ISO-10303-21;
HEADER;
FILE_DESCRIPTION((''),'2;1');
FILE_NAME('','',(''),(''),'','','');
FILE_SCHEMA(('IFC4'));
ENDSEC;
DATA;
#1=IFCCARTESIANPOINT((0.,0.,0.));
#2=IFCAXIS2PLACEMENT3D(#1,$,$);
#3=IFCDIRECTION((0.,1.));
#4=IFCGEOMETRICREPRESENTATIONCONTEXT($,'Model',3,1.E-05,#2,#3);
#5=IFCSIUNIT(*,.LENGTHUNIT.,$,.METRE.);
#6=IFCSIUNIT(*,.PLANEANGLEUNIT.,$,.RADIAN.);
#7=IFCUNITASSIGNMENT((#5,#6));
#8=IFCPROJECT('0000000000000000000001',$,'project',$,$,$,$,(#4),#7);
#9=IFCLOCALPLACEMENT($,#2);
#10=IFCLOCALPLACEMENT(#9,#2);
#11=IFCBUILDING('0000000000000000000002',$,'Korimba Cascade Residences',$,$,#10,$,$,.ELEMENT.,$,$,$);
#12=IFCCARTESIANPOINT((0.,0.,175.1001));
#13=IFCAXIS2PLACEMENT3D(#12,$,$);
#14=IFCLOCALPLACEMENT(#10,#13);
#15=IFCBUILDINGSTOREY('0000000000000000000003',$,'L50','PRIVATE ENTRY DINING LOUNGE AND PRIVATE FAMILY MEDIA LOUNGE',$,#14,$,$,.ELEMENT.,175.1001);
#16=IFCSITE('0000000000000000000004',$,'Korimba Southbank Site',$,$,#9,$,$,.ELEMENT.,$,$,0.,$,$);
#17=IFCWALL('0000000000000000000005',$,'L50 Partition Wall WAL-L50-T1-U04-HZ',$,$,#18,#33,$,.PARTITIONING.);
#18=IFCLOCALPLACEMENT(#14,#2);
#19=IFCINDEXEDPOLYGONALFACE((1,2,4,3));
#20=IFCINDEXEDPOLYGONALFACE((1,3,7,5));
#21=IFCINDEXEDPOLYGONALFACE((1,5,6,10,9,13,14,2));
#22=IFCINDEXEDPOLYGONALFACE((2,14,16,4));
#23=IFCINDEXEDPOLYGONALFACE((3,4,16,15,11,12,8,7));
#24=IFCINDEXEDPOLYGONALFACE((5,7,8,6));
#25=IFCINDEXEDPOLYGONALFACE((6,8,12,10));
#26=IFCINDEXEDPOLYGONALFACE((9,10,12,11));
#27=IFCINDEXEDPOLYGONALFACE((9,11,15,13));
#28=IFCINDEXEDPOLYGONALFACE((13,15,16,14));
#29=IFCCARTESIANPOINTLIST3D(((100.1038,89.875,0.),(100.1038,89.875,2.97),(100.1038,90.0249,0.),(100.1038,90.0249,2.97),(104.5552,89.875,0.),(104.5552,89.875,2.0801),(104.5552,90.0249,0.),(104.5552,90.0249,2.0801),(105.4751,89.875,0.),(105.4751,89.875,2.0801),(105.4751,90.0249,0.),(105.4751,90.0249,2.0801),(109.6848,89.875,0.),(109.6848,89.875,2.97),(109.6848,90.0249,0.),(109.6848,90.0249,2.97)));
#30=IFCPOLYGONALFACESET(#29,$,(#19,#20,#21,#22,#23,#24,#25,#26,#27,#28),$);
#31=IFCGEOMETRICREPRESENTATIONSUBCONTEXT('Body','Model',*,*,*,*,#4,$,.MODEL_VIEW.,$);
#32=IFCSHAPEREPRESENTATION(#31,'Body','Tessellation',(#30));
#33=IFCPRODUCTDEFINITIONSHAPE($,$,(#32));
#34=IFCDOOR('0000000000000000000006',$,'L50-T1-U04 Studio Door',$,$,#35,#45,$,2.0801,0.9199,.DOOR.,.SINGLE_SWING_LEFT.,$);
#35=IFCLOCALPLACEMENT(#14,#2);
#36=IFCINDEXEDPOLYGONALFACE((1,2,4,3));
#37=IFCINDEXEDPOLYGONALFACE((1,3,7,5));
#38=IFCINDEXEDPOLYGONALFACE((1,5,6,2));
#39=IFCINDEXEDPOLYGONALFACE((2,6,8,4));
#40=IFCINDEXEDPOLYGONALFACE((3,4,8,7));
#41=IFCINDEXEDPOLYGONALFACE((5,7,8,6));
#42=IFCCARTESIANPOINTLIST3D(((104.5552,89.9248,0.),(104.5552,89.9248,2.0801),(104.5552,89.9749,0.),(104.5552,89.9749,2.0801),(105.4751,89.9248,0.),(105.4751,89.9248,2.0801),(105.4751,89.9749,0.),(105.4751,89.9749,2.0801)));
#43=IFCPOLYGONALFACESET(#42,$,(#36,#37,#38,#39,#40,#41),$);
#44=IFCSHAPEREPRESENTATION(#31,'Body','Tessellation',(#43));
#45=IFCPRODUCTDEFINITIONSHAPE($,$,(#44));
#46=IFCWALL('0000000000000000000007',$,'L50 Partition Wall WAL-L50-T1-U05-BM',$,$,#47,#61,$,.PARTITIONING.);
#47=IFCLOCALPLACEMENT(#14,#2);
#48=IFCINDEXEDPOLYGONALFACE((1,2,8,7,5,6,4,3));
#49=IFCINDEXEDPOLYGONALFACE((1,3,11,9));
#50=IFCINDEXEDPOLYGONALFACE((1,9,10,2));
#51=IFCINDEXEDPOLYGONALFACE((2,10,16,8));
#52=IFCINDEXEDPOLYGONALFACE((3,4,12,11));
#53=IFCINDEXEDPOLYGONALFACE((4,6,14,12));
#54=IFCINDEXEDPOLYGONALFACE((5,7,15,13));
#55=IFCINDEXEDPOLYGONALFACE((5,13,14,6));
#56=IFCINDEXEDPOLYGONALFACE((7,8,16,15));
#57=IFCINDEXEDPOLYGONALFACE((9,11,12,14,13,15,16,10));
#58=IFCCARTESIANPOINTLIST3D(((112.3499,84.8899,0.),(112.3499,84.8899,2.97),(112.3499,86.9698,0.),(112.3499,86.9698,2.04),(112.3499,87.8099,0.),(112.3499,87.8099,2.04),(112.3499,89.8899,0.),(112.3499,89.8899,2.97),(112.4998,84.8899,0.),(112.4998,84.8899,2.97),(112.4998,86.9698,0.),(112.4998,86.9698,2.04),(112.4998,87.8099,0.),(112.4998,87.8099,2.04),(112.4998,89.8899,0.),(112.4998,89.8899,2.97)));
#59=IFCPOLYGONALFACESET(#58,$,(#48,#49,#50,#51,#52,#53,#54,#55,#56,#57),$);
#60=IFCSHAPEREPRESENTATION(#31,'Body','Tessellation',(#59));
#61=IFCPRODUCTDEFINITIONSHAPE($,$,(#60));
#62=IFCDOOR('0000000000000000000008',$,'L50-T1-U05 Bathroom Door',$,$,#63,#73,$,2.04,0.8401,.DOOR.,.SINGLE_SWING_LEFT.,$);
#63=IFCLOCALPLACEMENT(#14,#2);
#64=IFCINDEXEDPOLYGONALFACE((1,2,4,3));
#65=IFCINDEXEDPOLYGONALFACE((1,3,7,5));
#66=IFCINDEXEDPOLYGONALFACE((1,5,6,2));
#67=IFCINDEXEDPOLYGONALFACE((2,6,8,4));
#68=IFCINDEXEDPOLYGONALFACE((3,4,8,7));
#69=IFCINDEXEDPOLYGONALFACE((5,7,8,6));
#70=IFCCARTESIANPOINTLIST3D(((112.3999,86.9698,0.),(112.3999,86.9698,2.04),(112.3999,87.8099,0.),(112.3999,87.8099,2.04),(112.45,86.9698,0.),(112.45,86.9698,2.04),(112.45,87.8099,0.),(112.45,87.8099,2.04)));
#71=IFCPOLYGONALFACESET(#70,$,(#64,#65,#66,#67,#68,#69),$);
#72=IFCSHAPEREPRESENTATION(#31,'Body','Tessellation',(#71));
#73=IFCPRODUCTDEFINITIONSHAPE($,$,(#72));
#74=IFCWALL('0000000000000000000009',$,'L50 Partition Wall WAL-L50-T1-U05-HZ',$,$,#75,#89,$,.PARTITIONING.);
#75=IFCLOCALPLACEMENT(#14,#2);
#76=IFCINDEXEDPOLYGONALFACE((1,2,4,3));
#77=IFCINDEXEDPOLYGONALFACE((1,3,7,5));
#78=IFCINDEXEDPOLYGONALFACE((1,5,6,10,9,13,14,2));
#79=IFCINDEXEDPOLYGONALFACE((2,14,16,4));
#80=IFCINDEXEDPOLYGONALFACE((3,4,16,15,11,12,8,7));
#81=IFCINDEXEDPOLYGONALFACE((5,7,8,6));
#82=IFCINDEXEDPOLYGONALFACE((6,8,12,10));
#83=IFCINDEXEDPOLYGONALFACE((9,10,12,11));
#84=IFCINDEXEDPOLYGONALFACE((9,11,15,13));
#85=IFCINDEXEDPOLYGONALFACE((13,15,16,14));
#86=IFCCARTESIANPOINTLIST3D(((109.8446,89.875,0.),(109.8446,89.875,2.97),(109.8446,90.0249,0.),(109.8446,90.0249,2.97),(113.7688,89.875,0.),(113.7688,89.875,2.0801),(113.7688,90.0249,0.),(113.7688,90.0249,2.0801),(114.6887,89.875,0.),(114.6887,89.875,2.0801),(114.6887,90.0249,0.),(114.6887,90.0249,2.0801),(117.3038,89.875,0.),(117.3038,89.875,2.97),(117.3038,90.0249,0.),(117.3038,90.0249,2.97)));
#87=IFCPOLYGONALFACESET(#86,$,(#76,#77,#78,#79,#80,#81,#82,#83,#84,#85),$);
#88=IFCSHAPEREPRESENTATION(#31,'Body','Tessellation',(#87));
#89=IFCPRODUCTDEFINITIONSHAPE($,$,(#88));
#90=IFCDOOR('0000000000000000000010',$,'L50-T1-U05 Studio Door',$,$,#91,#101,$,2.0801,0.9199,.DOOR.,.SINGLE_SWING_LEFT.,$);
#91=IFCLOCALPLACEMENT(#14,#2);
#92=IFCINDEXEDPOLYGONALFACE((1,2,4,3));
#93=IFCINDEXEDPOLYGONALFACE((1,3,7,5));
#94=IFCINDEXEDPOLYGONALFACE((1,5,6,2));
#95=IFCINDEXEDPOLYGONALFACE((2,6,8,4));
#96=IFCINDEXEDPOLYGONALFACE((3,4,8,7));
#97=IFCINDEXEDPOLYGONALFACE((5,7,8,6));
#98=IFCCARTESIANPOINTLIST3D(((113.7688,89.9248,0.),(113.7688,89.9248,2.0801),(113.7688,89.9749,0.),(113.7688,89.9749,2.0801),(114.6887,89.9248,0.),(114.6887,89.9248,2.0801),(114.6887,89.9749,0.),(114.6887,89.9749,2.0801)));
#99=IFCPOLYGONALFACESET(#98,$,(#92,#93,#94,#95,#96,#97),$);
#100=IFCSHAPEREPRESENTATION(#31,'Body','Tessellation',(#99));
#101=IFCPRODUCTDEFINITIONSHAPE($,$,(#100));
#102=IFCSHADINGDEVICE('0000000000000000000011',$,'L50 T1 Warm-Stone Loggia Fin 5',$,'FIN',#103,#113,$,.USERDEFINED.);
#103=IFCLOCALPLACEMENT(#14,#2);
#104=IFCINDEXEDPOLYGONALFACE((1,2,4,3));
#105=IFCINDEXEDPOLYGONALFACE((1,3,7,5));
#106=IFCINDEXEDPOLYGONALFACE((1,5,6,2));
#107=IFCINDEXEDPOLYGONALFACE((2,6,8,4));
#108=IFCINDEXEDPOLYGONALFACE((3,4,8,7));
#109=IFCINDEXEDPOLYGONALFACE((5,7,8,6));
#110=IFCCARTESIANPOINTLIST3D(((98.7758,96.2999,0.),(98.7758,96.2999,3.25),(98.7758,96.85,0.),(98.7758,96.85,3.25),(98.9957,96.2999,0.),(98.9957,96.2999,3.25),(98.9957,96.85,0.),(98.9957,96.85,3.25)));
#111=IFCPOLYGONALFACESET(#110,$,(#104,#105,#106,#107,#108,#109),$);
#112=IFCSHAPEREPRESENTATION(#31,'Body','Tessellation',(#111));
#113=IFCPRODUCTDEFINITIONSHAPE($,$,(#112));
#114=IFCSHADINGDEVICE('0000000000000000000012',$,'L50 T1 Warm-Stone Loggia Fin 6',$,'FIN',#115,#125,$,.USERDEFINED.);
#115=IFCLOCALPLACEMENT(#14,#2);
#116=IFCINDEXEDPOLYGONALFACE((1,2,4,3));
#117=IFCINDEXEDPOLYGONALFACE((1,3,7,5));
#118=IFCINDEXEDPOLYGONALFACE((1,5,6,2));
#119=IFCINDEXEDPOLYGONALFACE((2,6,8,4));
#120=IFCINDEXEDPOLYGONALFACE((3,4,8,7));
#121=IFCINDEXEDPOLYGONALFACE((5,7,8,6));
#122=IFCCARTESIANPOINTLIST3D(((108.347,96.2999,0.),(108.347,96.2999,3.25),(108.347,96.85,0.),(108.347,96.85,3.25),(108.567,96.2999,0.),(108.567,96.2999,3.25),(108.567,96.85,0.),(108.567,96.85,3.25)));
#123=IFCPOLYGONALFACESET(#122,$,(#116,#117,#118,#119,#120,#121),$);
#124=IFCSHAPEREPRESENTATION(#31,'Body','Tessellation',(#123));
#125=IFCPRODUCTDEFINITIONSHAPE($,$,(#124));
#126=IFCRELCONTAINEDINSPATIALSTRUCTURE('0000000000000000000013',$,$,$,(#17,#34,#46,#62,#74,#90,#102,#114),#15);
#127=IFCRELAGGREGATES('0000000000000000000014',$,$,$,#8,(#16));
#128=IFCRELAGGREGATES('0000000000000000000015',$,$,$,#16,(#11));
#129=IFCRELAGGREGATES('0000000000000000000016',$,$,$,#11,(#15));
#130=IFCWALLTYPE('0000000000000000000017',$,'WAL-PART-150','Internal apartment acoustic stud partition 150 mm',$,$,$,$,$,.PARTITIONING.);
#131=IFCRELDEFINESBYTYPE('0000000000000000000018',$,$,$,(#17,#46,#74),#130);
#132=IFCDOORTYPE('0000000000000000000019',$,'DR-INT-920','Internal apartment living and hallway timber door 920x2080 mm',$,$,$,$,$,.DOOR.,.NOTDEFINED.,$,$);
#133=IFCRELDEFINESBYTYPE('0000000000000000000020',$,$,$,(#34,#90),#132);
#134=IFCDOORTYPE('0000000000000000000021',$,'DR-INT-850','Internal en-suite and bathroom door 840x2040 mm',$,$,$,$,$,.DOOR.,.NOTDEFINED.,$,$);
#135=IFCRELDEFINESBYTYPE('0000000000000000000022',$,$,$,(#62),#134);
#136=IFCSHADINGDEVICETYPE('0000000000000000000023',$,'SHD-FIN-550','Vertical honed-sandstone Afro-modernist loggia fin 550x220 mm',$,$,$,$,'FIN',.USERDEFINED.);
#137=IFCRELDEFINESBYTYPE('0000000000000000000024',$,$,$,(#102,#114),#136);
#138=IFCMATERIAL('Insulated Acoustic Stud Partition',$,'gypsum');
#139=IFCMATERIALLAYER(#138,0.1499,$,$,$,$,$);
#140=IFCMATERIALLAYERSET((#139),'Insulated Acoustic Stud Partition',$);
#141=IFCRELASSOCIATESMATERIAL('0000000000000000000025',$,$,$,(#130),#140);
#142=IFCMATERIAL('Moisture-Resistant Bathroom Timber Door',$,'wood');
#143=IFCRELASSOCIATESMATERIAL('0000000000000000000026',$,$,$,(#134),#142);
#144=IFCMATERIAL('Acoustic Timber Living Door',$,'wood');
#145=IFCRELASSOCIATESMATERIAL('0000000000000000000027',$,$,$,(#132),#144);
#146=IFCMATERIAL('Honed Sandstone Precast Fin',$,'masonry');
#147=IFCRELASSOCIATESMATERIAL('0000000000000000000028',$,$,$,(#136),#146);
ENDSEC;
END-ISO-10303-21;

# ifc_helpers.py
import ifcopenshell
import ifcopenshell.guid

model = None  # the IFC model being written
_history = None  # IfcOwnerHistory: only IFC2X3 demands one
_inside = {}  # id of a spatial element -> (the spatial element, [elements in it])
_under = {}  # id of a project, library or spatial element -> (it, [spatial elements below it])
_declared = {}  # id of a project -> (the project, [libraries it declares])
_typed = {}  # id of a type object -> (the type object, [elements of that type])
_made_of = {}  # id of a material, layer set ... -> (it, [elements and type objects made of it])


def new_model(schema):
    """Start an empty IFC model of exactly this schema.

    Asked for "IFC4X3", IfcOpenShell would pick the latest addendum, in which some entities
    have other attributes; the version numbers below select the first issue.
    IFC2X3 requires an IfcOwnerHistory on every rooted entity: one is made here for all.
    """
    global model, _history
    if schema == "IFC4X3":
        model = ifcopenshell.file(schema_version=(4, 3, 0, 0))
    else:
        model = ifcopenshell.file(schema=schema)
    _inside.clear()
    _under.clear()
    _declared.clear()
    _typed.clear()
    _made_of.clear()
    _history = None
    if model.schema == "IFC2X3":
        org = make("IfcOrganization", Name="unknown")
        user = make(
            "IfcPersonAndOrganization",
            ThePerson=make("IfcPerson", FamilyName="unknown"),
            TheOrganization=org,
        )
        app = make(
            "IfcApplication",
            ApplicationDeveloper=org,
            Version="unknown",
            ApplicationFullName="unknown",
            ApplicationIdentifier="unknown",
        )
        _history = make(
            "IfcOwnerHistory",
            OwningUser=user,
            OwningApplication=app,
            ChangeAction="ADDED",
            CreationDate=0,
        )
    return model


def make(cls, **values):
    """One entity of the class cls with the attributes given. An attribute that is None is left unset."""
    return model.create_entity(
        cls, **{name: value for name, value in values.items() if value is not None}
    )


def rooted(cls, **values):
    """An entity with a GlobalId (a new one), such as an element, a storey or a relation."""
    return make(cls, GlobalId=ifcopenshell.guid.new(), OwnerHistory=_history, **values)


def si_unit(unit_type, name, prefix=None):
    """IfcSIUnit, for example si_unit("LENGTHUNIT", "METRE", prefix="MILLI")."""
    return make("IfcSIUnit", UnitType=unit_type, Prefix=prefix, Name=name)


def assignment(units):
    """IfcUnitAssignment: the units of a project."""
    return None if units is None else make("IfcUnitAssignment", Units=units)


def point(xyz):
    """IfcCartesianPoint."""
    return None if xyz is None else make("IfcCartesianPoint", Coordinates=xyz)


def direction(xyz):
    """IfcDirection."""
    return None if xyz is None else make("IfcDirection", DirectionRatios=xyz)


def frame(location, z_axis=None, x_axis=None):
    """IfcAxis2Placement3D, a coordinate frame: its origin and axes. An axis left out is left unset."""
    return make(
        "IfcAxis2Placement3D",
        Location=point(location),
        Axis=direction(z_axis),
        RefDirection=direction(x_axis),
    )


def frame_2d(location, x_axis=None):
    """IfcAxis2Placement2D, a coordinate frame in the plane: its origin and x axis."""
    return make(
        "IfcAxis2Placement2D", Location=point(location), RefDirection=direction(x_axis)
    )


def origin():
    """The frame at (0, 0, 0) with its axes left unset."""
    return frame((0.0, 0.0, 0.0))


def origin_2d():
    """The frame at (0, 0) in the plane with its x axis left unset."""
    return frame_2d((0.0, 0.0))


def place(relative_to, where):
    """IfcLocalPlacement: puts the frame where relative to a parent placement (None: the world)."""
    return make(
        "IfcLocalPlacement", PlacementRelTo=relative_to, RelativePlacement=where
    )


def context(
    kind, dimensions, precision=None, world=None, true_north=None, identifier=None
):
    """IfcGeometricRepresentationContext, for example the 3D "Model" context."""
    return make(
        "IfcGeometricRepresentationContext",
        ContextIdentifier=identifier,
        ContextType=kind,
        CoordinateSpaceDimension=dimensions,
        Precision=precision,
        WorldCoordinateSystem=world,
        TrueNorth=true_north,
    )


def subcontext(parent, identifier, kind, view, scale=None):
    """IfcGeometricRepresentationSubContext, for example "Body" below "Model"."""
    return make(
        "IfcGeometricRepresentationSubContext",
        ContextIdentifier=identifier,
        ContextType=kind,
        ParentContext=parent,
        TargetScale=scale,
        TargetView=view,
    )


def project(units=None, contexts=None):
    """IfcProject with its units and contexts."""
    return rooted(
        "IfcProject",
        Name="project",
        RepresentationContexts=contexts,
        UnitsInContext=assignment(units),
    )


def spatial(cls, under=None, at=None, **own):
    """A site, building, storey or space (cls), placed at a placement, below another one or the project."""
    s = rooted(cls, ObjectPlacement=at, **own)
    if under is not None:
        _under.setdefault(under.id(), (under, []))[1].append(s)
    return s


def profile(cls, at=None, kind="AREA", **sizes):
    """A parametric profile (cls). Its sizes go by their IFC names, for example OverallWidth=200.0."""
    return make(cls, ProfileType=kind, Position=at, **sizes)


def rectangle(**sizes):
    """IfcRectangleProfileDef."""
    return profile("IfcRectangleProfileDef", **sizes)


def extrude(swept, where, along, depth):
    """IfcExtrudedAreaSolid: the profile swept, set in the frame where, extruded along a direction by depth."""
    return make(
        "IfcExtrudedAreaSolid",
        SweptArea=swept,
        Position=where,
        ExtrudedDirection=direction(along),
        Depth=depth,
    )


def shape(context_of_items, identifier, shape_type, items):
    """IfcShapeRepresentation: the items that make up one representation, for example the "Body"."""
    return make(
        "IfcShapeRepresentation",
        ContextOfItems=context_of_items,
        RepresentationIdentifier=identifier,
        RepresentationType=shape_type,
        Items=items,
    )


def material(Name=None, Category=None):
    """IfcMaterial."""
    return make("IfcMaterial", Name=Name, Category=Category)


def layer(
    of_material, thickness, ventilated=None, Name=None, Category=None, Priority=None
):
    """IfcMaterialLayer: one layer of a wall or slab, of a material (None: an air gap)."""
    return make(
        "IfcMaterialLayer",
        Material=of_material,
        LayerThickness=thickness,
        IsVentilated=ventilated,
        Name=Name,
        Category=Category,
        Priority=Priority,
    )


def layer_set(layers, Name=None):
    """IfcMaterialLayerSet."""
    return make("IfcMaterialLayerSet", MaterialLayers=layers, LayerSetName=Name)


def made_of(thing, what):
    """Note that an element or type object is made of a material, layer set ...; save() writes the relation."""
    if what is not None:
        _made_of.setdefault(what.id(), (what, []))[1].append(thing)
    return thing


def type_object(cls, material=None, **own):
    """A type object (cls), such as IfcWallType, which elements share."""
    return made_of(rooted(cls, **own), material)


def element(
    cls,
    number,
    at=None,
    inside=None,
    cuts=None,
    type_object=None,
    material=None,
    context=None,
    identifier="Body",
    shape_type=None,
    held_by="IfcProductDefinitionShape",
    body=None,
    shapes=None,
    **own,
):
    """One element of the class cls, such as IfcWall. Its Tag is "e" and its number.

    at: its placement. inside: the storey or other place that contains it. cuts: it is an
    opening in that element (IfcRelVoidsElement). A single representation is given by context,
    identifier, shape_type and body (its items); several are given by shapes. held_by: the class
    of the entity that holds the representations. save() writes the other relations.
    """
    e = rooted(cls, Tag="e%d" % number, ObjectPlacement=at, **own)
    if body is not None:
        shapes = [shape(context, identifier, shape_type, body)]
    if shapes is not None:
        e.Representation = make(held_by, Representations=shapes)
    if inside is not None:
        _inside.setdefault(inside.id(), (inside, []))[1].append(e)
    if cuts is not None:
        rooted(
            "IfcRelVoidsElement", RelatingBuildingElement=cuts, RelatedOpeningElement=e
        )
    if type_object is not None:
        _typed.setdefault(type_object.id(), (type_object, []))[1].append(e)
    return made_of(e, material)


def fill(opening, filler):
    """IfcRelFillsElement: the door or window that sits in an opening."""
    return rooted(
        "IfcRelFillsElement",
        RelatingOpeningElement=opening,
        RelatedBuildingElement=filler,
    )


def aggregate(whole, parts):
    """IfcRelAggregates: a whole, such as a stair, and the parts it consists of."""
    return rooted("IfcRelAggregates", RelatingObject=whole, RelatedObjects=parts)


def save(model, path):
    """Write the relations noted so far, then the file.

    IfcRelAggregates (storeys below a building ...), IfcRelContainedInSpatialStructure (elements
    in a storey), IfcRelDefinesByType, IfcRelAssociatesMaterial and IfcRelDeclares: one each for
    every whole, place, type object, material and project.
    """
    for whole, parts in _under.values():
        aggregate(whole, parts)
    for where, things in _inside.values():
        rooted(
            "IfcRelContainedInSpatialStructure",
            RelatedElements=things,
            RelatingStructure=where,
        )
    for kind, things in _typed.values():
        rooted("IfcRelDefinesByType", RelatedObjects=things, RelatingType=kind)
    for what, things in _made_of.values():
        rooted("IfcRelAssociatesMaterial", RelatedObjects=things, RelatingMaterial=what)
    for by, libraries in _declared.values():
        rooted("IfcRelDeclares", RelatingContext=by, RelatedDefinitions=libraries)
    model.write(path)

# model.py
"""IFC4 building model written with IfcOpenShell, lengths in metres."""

from ifc_helpers import new_model, si_unit, direction, frame, frame_2d, origin, origin_2d, place, context, subcontext, project, spatial, rectangle, extrude, material, layer, layer_set, type_object, element, fill, save


model = new_model("IFC4")

# Units and contexts
model_context = context("Model", 3, precision=1e-05, world=origin(), true_north=direction((0.0, 1.0)))
body_context = subcontext(model_context, "Body", "Model", "MODEL_VIEW")
ifc_project = project(units=[si_unit("LENGTHUNIT", "METRE"), si_unit("PLANEANGLEUNIT", "RADIAN")], contexts=[model_context])

# Site, building, storey
site_placement = place(None, origin())
site = spatial("IfcSite", under=ifc_project, at=site_placement, Name="Korimba Southbank Site", CompositionType="ELEMENT", RefElevation=0.0)
building_placement = place(site_placement, origin())
building = spatial("IfcBuilding", under=site, at=building_placement, Name="Korimba Cascade Residences", CompositionType="ELEMENT")
storey_placement = place(building_placement, frame((0.0, 0.0, 175.1001)))
storey = spatial("IfcBuildingStorey", under=building, at=storey_placement, Name="L50", Description="PRIVATE ENTRY DINING LOUNGE AND PRIVATE FAMILY MEDIA LOUNGE", CompositionType="ELEMENT", Elevation=175.1001)

# Walls, openings, doors
ifc_material_1 = material(Name="Insulated Acoustic Stud Partition", Category="gypsum")
ifc_layer = layer(ifc_material_1, 0.1499)
ifc_layer_set = layer_set([ifc_layer], Name="Insulated Acoustic Stud Partition")
wall_type = type_object("IfcWallType", Name="WAL-PART-150", Description="Internal apartment acoustic stud partition 150 mm", PredefinedType="PARTITIONING", material=ifc_layer_set)
ifc_material_2 = material(Name="Moisture-Resistant Bathroom Timber Door", Category="wood")
door_type_1 = type_object("IfcDoorType", Name="DR-INT-850", Description="Internal en-suite and bathroom door 840x2040 mm", OperationType="NOTDEFINED", PredefinedType="DOOR", material=ifc_material_2)
wall_1_placement = place(storey_placement, frame((100.1038, 89.95, 0.0), z_axis=(0.0, 0.0, 1.0), x_axis=(1.0, 0.0, 0.0)))
wall_1 = element("IfcWall", 1, at=wall_1_placement, inside=storey, type_object=wall_type, Name="L50 Partition Wall WAL-L50-T1-U04-HZ", PredefinedType="PARTITIONING", context=body_context, shape_type="SweptSolid", body=[
    extrude(rectangle(XDim=9.5811, YDim=0.1499, at=frame_2d((4.7905, 0.0))), origin(), (0.0, 0.0, 1.0), 2.97),
])
opening_1_placement = place(wall_1_placement, frame((4.4514, 0.0, 0.0)))
opening_1 = element("IfcOpeningElement", 2, at=opening_1_placement, cuts=wall_1, PredefinedType="OPENING", context=body_context, shape_type="SweptSolid", body=[
    extrude(rectangle(XDim=0.9199, YDim=2.0801, at=frame_2d((0.46, 1.04))), frame((0.0, 0.085, 0.0), z_axis=(0.0, -1.0, 0.0), x_axis=(1.0, 0.0, 0.0)), (0.0, 0.0, 1.0), 0.1699),
])
ifc_material_3 = material(Name="Acoustic Timber Living Door", Category="wood")
door_type_2 = type_object("IfcDoorType", Name="DR-INT-920", Description="Internal apartment living and hallway timber door 920x2080 mm", OperationType="NOTDEFINED", PredefinedType="DOOR", material=ifc_material_3)
door_1_placement = place(opening_1_placement, origin())
door_1 = element("IfcDoor", 3, at=door_1_placement, inside=storey, type_object=door_type_2, Name="L50-T1-U04 Studio Door", OperationType="SINGLE_SWING_LEFT", OverallHeight=2.0801, OverallWidth=0.9199, PredefinedType="DOOR", context=body_context, shape_type="SweptSolid", body=[
    extrude(rectangle(XDim=0.9199, YDim=2.0801, at=frame_2d((0.46, 1.04))), frame((0.0, 0.0249, 0.0), z_axis=(0.0, -1.0, 0.0), x_axis=(1.0, 0.0, 0.0)), (0.0, 0.0, 1.0), 0.05),
])
fill(opening_1, door_1)
wall_2_placement = place(storey_placement, frame((112.4248, 84.8899, 0.0), z_axis=(0.0, 0.0, 1.0), x_axis=(0.0, 1.0, 0.0)))
wall_2 = element("IfcWall", 4, at=wall_2_placement, inside=storey, type_object=wall_type, Name="L50 Partition Wall WAL-L50-T1-U05-BM", PredefinedType="PARTITIONING", context=body_context, shape_type="SweptSolid", body=[
    extrude(rectangle(XDim=5.0, YDim=0.1499, at=frame_2d((2.5, 0.0))), origin(), (0.0, 0.0, 1.0), 2.97),
])
opening_2_placement = place(wall_2_placement, frame((2.0801, 0.0, 0.0)))
opening_2 = element("IfcOpeningElement", 5, at=opening_2_placement, cuts=wall_2, PredefinedType="OPENING", context=body_context, shape_type="SweptSolid", body=[
    extrude(rectangle(XDim=0.8401, YDim=2.04, at=frame_2d((0.4199, 1.02))), frame((0.0, 0.085, 0.0), z_axis=(0.0, -1.0, 0.0), x_axis=(1.0, 0.0, 0.0)), (0.0, 0.0, 1.0), 0.1699),
])
door_2_placement = place(opening_2_placement, origin())
door_2 = element("IfcDoor", 6, at=door_2_placement, inside=storey, type_object=door_type_1, Name="L50-T1-U05 Bathroom Door", OperationType="SINGLE_SWING_LEFT", OverallHeight=2.04, OverallWidth=0.8401, PredefinedType="DOOR", context=body_context, shape_type="SweptSolid", body=[
    extrude(rectangle(XDim=0.8401, YDim=2.04, at=frame_2d((0.4199, 1.02))), frame((0.0, 0.0249, 0.0), z_axis=(0.0, -1.0, 0.0), x_axis=(1.0, 0.0, 0.0)), (0.0, 0.0, 1.0), 0.05),
])
fill(opening_2, door_2)
wall_3_placement = place(storey_placement, frame((109.8447, 89.95, 0.0), z_axis=(0.0, 0.0, 1.0), x_axis=(1.0, 0.0, 0.0)))
wall_3 = element("IfcWall", 7, at=wall_3_placement, inside=storey, type_object=wall_type, Name="L50 Partition Wall WAL-L50-T1-U05-HZ", PredefinedType="PARTITIONING", context=body_context, shape_type="SweptSolid", body=[
    extrude(rectangle(XDim=7.4592, YDim=0.1499, at=frame_2d((3.7295, 0.0))), origin(), (0.0, 0.0, 1.0), 2.97),
])
opening_3_placement = place(wall_3_placement, frame((3.9241, 0.0, 0.0)))
opening_3 = element("IfcOpeningElement", 8, at=opening_3_placement, cuts=wall_3, PredefinedType="OPENING", context=body_context, shape_type="SweptSolid", body=[
    extrude(rectangle(XDim=0.9199, YDim=2.0801, at=frame_2d((0.46, 1.04))), frame((0.0, 0.085, 0.0), z_axis=(0.0, -1.0, 0.0), x_axis=(1.0, 0.0, 0.0)), (0.0, 0.0, 1.0), 0.1699),
])
door_3_placement = place(opening_3_placement, origin())
door_3 = element("IfcDoor", 9, at=door_3_placement, inside=storey, type_object=door_type_2, Name="L50-T1-U05 Studio Door", OperationType="SINGLE_SWING_LEFT", OverallHeight=2.0801, OverallWidth=0.9199, PredefinedType="DOOR", context=body_context, shape_type="SweptSolid", body=[
    extrude(rectangle(XDim=0.9199, YDim=2.0801, at=frame_2d((0.46, 1.04))), frame((0.0, 0.0249, 0.0), z_axis=(0.0, -1.0, 0.0), x_axis=(1.0, 0.0, 0.0)), (0.0, 0.0, 1.0), 0.05),
])
fill(opening_3, door_3)

# Shading devices
ifc_material_4 = material(Name="Honed Sandstone Precast Fin", Category="masonry")
shading_device_type = type_object("IfcShadingDeviceType", Name="SHD-FIN-550", Description="Vertical honed-sandstone Afro-modernist loggia fin 550x220 mm", ElementType="FIN", PredefinedType="USERDEFINED", material=ifc_material_4)
for number, where, z_axis, x_axis, name in (
    (10, (98.8857, 96.575, 0.0), (0.0, 0.0, 1.0), (1.0, 0.0, 0.0), "L50 T1 Warm-Stone Loggia Fin 5"),
    (11, (108.457, 96.575, 0.0), (0.0, 0.0, 1.0), (1.0, 0.0, 0.0), "L50 T1 Warm-Stone Loggia Fin 6"),
):
    element("IfcShadingDevice", number, at=place(storey_placement, frame(where, z_axis=z_axis, x_axis=x_axis)), inside=storey, type_object=shading_device_type, Name=name, ObjectType="FIN", PredefinedType="USERDEFINED", context=body_context, shape_type="SweptSolid", body=[
        extrude(rectangle(XDim=0.22, YDim=0.55, at=origin_2d()), origin(), (0.0, 0.0, 1.0), 3.25),
    ])

save(model, "model.ifc")
